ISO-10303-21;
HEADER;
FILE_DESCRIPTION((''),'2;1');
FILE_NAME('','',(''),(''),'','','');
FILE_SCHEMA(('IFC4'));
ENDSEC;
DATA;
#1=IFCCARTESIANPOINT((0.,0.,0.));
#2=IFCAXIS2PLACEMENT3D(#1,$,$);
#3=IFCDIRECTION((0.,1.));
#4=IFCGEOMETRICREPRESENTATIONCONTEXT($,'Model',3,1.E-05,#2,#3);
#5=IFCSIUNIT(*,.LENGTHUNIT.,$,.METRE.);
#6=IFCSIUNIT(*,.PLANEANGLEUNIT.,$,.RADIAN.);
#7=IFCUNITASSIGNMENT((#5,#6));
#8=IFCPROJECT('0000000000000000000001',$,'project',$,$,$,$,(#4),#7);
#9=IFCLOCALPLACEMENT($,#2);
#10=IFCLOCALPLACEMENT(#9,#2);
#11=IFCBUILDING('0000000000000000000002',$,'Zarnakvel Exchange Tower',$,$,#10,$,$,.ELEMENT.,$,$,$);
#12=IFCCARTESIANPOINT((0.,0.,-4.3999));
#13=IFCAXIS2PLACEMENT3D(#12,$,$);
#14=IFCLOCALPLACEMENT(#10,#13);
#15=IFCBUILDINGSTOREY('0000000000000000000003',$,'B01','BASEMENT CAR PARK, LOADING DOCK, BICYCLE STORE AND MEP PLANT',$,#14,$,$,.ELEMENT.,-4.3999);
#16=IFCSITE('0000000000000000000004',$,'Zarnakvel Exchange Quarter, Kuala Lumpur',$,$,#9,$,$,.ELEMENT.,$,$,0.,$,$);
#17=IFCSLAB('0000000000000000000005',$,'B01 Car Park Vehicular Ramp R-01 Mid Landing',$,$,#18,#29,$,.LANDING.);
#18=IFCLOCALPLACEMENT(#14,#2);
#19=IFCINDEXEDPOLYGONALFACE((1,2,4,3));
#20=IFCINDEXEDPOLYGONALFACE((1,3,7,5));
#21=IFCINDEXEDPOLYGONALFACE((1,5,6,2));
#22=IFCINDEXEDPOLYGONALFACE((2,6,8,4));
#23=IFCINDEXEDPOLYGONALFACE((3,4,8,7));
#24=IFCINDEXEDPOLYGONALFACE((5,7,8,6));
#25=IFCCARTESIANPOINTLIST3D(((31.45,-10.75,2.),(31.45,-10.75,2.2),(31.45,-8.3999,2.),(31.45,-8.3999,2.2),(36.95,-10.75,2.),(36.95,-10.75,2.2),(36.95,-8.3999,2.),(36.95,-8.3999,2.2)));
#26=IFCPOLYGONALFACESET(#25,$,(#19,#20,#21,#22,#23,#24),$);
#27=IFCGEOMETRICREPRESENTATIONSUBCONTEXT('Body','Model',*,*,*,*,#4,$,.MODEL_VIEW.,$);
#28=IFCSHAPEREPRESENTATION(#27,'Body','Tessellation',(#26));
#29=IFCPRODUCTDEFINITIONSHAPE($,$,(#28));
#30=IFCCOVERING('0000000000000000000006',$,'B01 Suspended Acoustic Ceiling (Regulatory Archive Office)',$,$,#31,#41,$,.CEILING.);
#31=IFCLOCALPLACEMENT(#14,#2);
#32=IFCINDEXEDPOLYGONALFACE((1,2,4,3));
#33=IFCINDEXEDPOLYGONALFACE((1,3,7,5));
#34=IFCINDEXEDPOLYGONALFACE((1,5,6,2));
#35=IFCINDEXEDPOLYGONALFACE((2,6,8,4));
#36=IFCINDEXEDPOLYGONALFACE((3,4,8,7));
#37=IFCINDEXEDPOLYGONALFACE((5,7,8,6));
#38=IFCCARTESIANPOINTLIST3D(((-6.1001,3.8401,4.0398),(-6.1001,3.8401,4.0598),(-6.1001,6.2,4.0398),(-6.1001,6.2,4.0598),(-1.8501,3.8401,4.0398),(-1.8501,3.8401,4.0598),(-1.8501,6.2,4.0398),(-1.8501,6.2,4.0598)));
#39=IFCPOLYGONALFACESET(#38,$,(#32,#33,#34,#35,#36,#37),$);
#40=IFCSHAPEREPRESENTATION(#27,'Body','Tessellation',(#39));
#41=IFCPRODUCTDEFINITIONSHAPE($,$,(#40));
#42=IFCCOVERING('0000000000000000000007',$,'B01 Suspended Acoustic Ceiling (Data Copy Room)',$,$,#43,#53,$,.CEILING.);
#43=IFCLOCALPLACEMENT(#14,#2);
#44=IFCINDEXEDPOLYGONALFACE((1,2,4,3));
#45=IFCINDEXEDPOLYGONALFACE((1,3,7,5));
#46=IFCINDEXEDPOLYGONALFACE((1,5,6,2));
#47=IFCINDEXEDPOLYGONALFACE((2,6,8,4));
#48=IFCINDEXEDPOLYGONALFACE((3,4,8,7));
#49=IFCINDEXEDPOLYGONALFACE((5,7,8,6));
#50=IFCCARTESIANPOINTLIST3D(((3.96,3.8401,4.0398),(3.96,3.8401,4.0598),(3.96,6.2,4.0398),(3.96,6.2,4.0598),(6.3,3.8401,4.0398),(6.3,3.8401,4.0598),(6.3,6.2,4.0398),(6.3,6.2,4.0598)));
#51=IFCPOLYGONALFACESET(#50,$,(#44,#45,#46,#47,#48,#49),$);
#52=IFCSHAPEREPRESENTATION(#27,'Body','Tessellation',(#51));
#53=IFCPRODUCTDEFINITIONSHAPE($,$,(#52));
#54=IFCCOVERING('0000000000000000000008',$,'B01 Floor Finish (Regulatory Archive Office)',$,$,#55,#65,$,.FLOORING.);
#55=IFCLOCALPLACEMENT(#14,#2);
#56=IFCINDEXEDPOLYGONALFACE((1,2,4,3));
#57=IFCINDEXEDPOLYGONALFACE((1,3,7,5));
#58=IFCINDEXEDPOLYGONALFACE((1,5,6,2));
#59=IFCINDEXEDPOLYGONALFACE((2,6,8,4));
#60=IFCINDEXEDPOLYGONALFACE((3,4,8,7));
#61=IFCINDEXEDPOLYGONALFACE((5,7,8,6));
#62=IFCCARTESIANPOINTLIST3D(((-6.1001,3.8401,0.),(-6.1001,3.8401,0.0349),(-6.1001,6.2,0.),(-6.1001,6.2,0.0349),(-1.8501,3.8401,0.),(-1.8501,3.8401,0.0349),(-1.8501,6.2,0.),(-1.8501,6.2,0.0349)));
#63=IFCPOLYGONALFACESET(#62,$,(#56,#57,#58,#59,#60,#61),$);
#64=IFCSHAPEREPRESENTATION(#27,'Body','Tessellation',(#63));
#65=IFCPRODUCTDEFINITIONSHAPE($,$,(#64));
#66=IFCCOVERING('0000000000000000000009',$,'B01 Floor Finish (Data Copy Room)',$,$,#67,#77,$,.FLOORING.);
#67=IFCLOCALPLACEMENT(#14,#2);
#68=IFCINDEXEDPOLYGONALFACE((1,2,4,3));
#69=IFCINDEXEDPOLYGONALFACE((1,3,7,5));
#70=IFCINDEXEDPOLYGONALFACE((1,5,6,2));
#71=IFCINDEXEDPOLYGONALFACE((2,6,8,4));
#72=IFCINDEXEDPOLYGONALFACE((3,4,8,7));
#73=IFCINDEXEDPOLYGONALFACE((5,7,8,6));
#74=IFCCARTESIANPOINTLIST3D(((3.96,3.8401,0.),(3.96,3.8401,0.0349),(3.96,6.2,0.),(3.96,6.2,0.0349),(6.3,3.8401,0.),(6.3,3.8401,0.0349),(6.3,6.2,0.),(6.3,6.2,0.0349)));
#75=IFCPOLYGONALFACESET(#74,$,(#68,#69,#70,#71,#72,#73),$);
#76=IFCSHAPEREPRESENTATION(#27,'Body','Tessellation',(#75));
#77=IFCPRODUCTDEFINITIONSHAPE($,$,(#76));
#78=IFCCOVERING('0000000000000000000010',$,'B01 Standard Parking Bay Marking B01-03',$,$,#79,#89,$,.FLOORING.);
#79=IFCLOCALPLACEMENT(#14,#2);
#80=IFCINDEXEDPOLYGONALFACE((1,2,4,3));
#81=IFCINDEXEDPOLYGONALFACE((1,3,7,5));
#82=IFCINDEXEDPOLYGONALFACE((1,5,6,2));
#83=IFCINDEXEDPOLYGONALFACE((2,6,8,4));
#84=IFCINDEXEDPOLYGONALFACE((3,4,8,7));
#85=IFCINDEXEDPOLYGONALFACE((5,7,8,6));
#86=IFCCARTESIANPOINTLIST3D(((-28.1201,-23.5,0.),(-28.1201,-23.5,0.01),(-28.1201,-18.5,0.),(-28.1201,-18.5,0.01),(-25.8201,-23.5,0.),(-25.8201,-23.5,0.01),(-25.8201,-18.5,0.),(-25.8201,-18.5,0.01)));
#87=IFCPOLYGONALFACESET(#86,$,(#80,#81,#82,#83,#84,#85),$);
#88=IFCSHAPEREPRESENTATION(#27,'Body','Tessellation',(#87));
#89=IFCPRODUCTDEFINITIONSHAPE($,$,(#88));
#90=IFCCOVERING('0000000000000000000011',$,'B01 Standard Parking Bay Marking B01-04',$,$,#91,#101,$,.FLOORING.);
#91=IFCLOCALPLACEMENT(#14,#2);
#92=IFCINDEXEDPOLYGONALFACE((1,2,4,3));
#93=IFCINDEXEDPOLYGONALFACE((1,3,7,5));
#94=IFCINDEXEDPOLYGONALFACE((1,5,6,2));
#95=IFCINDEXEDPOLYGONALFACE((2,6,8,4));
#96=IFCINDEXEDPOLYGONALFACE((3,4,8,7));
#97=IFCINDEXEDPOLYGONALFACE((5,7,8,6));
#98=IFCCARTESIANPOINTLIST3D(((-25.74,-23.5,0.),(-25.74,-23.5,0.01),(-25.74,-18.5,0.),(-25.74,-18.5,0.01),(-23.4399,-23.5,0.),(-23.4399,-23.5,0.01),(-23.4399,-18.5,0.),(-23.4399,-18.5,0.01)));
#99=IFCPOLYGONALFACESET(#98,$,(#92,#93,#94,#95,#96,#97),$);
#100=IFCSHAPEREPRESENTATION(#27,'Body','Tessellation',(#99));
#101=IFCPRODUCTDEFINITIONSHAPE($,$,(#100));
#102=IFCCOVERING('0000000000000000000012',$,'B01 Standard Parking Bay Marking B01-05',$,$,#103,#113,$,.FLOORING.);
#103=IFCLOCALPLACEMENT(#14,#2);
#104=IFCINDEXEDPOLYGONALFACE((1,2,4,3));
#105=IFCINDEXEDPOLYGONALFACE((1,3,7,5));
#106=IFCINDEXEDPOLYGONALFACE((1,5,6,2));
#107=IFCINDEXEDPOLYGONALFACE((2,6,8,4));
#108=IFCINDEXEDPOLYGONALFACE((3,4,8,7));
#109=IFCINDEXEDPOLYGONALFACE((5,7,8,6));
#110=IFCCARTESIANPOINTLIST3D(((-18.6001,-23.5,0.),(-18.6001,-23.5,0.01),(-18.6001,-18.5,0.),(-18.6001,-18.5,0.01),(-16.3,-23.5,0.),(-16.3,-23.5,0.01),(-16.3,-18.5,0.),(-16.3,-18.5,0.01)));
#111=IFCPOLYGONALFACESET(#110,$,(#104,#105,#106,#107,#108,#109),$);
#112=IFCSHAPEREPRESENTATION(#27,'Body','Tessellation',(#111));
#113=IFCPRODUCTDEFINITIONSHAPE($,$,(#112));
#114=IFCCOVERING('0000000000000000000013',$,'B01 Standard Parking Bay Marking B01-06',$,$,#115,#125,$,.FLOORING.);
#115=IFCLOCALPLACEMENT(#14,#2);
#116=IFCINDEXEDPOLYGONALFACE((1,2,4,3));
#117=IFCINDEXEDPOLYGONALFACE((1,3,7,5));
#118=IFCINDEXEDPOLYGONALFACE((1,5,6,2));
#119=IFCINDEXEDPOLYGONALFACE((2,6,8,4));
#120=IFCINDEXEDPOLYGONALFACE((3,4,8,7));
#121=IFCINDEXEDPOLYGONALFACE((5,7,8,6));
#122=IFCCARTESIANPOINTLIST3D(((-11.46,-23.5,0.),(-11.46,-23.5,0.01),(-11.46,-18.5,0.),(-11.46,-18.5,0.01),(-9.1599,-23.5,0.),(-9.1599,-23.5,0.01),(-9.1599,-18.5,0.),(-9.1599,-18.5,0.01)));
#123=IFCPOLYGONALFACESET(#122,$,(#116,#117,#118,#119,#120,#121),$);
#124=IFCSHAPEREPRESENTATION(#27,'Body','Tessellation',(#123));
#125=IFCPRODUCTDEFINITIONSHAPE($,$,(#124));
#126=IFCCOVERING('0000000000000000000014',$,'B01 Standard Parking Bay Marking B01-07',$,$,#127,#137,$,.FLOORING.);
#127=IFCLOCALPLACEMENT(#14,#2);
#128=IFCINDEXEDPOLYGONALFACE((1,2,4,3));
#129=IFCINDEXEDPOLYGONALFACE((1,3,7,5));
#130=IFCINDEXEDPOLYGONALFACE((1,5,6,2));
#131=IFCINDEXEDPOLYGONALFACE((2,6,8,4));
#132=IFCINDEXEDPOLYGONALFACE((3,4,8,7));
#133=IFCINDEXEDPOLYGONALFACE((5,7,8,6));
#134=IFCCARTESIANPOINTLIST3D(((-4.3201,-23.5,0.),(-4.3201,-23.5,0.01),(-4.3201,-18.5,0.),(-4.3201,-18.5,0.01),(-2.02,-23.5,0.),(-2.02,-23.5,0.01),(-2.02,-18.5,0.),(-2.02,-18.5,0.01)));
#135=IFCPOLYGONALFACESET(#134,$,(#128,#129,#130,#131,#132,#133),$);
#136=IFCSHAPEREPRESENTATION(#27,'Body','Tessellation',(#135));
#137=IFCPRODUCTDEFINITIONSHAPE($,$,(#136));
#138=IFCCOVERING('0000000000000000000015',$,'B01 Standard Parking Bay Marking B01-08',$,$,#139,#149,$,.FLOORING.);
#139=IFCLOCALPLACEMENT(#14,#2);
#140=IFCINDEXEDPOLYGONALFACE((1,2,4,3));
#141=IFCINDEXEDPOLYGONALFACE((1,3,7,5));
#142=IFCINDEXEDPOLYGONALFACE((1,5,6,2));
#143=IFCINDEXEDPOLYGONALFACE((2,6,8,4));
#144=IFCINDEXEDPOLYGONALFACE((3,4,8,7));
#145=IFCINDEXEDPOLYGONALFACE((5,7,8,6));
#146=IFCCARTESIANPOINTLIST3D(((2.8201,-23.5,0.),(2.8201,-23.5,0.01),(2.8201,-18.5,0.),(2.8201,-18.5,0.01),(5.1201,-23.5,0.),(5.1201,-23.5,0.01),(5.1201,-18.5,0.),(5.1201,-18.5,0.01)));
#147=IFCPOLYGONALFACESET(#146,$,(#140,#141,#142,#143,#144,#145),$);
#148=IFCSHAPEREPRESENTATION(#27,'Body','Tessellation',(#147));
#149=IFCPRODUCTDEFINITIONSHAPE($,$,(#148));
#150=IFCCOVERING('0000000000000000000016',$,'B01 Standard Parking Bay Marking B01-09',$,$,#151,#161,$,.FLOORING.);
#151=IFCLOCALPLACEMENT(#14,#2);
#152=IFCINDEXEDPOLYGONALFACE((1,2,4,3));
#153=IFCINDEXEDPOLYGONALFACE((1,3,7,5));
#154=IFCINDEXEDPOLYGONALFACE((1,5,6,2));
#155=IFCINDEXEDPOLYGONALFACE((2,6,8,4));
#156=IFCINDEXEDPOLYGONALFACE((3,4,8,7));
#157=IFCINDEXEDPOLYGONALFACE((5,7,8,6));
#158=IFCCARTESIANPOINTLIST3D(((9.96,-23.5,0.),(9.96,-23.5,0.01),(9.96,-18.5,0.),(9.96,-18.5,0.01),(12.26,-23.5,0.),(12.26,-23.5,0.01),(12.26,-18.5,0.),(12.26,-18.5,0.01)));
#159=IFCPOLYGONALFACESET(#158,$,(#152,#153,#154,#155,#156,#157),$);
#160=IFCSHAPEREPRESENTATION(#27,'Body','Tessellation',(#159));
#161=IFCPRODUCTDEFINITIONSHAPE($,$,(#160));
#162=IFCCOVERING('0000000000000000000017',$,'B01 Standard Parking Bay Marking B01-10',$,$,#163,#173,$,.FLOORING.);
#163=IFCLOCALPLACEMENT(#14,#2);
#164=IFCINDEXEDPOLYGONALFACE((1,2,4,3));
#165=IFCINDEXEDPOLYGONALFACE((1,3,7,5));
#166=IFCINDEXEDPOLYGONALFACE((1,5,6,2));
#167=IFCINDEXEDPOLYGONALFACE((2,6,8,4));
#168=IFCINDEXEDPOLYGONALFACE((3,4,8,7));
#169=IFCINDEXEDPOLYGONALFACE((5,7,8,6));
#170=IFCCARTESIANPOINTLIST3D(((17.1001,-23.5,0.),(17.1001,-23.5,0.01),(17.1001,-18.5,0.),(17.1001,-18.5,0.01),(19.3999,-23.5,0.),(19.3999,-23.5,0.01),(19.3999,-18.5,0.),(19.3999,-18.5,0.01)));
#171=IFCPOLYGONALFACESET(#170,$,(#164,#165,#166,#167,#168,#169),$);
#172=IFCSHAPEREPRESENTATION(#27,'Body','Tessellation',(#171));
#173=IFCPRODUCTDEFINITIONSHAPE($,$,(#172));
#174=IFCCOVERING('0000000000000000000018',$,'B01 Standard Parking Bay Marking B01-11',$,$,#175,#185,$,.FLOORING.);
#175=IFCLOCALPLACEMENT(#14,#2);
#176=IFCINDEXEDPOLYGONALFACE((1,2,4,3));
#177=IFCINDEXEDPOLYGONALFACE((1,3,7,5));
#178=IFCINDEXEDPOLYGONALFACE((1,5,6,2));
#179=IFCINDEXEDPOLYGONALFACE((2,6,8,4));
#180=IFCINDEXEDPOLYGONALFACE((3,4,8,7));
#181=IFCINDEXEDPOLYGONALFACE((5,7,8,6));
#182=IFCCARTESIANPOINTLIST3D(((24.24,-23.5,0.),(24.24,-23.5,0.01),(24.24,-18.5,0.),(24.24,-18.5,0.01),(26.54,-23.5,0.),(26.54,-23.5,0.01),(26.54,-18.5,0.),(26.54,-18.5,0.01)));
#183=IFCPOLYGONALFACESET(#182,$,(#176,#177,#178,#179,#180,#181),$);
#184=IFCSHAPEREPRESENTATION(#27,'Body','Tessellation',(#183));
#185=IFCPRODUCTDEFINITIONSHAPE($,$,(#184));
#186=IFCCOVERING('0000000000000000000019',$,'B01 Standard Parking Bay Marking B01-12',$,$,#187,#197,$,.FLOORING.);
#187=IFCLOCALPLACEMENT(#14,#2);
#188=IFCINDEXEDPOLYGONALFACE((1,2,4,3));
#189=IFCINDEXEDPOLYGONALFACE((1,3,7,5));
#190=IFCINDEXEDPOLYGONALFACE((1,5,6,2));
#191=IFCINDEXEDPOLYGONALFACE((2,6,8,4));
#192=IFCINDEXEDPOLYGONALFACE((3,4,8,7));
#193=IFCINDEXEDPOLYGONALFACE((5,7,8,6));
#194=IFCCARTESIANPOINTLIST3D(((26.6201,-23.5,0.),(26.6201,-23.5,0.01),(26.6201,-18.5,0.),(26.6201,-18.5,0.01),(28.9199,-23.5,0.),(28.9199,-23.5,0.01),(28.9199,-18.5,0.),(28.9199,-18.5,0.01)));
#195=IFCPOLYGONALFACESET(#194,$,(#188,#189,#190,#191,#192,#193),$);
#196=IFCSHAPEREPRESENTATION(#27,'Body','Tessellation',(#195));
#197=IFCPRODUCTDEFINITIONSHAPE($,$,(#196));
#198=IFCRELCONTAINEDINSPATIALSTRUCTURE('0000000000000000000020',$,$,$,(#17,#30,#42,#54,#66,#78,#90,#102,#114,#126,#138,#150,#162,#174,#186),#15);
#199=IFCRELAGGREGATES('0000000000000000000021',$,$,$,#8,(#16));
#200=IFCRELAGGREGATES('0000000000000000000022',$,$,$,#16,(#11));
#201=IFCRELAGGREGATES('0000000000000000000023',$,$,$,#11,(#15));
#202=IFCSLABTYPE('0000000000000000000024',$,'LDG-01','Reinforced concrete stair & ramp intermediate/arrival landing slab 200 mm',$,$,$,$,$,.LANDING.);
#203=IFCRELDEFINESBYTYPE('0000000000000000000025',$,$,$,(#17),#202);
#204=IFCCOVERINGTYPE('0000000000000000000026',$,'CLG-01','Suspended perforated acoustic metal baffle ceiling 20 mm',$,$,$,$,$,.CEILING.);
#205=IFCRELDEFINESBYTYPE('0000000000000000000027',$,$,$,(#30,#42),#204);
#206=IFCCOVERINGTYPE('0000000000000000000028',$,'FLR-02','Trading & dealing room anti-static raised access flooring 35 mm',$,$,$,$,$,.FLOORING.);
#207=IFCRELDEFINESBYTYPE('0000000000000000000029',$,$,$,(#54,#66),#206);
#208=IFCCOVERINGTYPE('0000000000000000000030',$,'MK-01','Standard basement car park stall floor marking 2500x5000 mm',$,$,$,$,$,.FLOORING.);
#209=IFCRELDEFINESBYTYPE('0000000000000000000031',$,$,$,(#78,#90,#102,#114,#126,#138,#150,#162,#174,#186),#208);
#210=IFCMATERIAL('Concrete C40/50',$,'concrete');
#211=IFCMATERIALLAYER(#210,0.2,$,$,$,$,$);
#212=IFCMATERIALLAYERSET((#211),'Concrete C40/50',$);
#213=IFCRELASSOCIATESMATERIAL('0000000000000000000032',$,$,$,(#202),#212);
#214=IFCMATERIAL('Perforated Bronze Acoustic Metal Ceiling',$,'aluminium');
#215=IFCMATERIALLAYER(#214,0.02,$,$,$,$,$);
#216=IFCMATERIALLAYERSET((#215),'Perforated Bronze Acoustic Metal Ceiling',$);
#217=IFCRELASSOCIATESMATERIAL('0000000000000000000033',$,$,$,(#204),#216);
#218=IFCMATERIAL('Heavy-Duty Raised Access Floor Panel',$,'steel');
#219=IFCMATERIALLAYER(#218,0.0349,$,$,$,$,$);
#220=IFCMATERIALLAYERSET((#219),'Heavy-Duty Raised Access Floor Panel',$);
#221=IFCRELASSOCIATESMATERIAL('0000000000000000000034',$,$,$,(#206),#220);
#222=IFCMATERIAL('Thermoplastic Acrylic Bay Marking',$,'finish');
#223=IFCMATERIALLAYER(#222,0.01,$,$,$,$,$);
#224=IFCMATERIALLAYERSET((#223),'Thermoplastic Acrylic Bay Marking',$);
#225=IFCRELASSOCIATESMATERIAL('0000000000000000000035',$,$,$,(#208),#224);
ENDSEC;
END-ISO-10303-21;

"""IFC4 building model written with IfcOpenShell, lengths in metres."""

from ifc_helpers import new_model, si_unit, direction, frame, origin, place, context, subcontext, project, spatial, polyline, outline, extrude, material, layer, layer_set, type_object, element, save


model = new_model("IFC4")

# Units and contexts
model_context = context("Model", 3, precision=1e-05, world=origin(), true_north=direction((0.0, 1.0)))
body_context = subcontext(model_context, "Body", "Model", "MODEL_VIEW")
ifc_project = project(units=[si_unit("LENGTHUNIT", "METRE"), si_unit("PLANEANGLEUNIT", "RADIAN")], contexts=[model_context])

# Site, building, storey
site_placement = place(None, origin())
site = spatial("IfcSite", under=ifc_project, at=site_placement, Name="Zarnakvel Exchange Quarter, Kuala Lumpur", CompositionType="ELEMENT", RefElevation=0.0)
building_placement = place(site_placement, origin())
building = spatial("IfcBuilding", under=site, at=building_placement, Name="Zarnakvel Exchange Tower", CompositionType="ELEMENT")
storey_placement = place(building_placement, frame((0.0, 0.0, -4.3999)))
storey = spatial("IfcBuildingStorey", under=building, at=storey_placement, Name="B01", Description="BASEMENT CAR PARK, LOADING DOCK, BICYCLE STORE AND MEP PLANT", CompositionType="ELEMENT", Elevation=-4.3999)

# Slab
ifc_material_1 = material(Name="Concrete C40/50", Category="concrete")
ifc_layer_1 = layer(ifc_material_1, 0.2)
ifc_layer_set_1 = layer_set([ifc_layer_1], Name="Concrete C40/50")
slab_type = type_object("IfcSlabType", Name="LDG-01", Description="Reinforced concrete stair & ramp intermediate/arrival landing slab 200 mm", PredefinedType="LANDING", material=ifc_layer_set_1)
slab_placement = place(storey_placement, frame((0.0, 0.0, 2.0)))
element("IfcSlab", 1, at=slab_placement, inside=storey, type_object=slab_type, Name="B01 Car Park Vehicular Ramp R-01 Mid Landing", PredefinedType="LANDING", context=body_context, shape_type="SweptSolid", body=[
    extrude(outline(polyline([(31.45, -10.75), (36.95, -10.75), (36.95, -8.3999), (31.45, -8.3999), (31.45, -10.75)])), origin(), (0.0, 0.0, 1.0), 0.2),
])

# Coverings
ifc_material_2 = material(Name="Perforated Bronze Acoustic Metal Ceiling", Category="aluminium")
ifc_layer_2 = layer(ifc_material_2, 0.02)
ifc_layer_set_2 = layer_set([ifc_layer_2], Name="Perforated Bronze Acoustic Metal Ceiling")
covering_type_1 = type_object("IfcCoveringType", Name="CLG-01", Description="Suspended perforated acoustic metal baffle ceiling 20 mm", PredefinedType="CEILING", material=ifc_layer_set_2)
covering_1_placement = place(storey_placement, frame((0.0, 0.0, 4.0398)))
element("IfcCovering", 2, at=covering_1_placement, inside=storey, type_object=covering_type_1, Name="B01 Suspended Acoustic Ceiling (Regulatory Archive Office)", PredefinedType="CEILING", context=body_context, shape_type="SweptSolid", body=[
    extrude(outline(polyline([(-6.1001, 6.2), (-1.8501, 6.2), (-1.8501, 3.8401), (-6.1001, 3.8401), (-6.1001, 6.2)])), origin(), (0.0, 0.0, 1.0), 0.02),
])
covering_2_placement = place(storey_placement, frame((0.0, 0.0, 4.0398)))
element("IfcCovering", 3, at=covering_2_placement, inside=storey, type_object=covering_type_1, Name="B01 Suspended Acoustic Ceiling (Data Copy Room)", PredefinedType="CEILING", context=body_context, shape_type="SweptSolid", body=[
    extrude(outline(polyline([(3.96, 6.2), (6.3, 6.2), (6.3, 3.8401), (3.96, 3.8401), (3.96, 6.2)])), origin(), (0.0, 0.0, 1.0), 0.02),
])
ifc_material_3 = material(Name="Heavy-Duty Raised Access Floor Panel", Category="steel")
ifc_layer_3 = layer(ifc_material_3, 0.0349)
ifc_layer_set_3 = layer_set([ifc_layer_3], Name="Heavy-Duty Raised Access Floor Panel")
covering_type_2 = type_object("IfcCoveringType", Name="FLR-02", Description="Trading & dealing room anti-static raised access flooring 35 mm", PredefinedType="FLOORING", material=ifc_layer_set_3)
covering_3_placement = place(storey_placement, origin())
element("IfcCovering", 4, at=covering_3_placement, inside=storey, type_object=covering_type_2, Name="B01 Floor Finish (Regulatory Archive Office)", PredefinedType="FLOORING", context=body_context, shape_type="SweptSolid", body=[
    extrude(outline(polyline([(-6.1001, 6.2), (-1.8501, 6.2), (-1.8501, 3.8401), (-6.1001, 3.8401), (-6.1001, 6.2)])), origin(), (0.0, 0.0, 1.0), 0.0349),
])
covering_4_placement = place(storey_placement, origin())
element("IfcCovering", 5, at=covering_4_placement, inside=storey, type_object=covering_type_2, Name="B01 Floor Finish (Data Copy Room)", PredefinedType="FLOORING", context=body_context, shape_type="SweptSolid", body=[
    extrude(outline(polyline([(3.96, 6.2), (6.3, 6.2), (6.3, 3.8401), (3.96, 3.8401), (3.96, 6.2)])), origin(), (0.0, 0.0, 1.0), 0.0349),
])
ifc_material_4 = material(Name="Thermoplastic Acrylic Bay Marking", Category="finish")
ifc_layer_4 = layer(ifc_material_4, 0.01)
ifc_layer_set_4 = layer_set([ifc_layer_4], Name="Thermoplastic Acrylic Bay Marking")
covering_type_3 = type_object("IfcCoveringType", Name="MK-01", Description="Standard basement car park stall floor marking 2500x5000 mm", PredefinedType="FLOORING", material=ifc_layer_set_4)
covering_5_placement = place(storey_placement, origin())
element("IfcCovering", 6, at=covering_5_placement, inside=storey, type_object=covering_type_3, Name="B01 Standard Parking Bay Marking B01-03", PredefinedType="FLOORING", context=body_context, shape_type="SweptSolid", body=[
    extrude(outline(polyline([(-28.1201, -23.5), (-25.8201, -23.5), (-25.8201, -18.5), (-28.1201, -18.5), (-28.1201, -23.5)])), origin(), (0.0, 0.0, 1.0), 0.01),
])
covering_6_placement = place(storey_placement, origin())
element("IfcCovering", 7, at=covering_6_placement, inside=storey, type_object=covering_type_3, Name="B01 Standard Parking Bay Marking B01-04", PredefinedType="FLOORING", context=body_context, shape_type="SweptSolid", body=[
    extrude(outline(polyline([(-25.74, -23.5), (-23.4399, -23.5), (-23.4399, -18.5), (-25.74, -18.5), (-25.74, -23.5)])), origin(), (0.0, 0.0, 1.0), 0.01),
])
covering_7_placement = place(storey_placement, origin())
element("IfcCovering", 8, at=covering_7_placement, inside=storey, type_object=covering_type_3, Name="B01 Standard Parking Bay Marking B01-05", PredefinedType="FLOORING", context=body_context, shape_type="SweptSolid", body=[
    extrude(outline(polyline([(-18.6001, -23.5), (-16.3, -23.5), (-16.3, -18.5), (-18.6001, -18.5), (-18.6001, -23.5)])), origin(), (0.0, 0.0, 1.0), 0.01),
])
covering_8_placement = place(storey_placement, origin())
element("IfcCovering", 9, at=covering_8_placement, inside=storey, type_object=covering_type_3, Name="B01 Standard Parking Bay Marking B01-06", PredefinedType="FLOORING", context=body_context, shape_type="SweptSolid", body=[
    extrude(outline(polyline([(-11.46, -23.5), (-9.1599, -23.5), (-9.1599, -18.5), (-11.46, -18.5), (-11.46, -23.5)])), origin(), (0.0, 0.0, 1.0), 0.01),
])
covering_9_placement = place(storey_placement, origin())
element("IfcCovering", 10, at=covering_9_placement, inside=storey, type_object=covering_type_3, Name="B01 Standard Parking Bay Marking B01-07", PredefinedType="FLOORING", context=body_context, shape_type="SweptSolid", body=[
    extrude(outline(polyline([(-4.3201, -23.5), (-2.02, -23.5), (-2.02, -18.5), (-4.3201, -18.5), (-4.3201, -23.5)])), origin(), (0.0, 0.0, 1.0), 0.01),
])
covering_10_placement = place(storey_placement, origin())
element("IfcCovering", 11, at=covering_10_placement, inside=storey, type_object=covering_type_3, Name="B01 Standard Parking Bay Marking B01-08", PredefinedType="FLOORING", context=body_context, shape_type="SweptSolid", body=[
    extrude(outline(polyline([(2.8201, -23.5), (5.1201, -23.5), (5.1201, -18.5), (2.8201, -18.5), (2.8201, -23.5)])), origin(), (0.0, 0.0, 1.0), 0.01),
])
covering_11_placement = place(storey_placement, origin())
element("IfcCovering", 12, at=covering_11_placement, inside=storey, type_object=covering_type_3, Name="B01 Standard Parking Bay Marking B01-09", PredefinedType="FLOORING", context=body_context, shape_type="SweptSolid", body=[
    extrude(outline(polyline([(9.96, -23.5), (12.26, -23.5), (12.26, -18.5), (9.96, -18.5), (9.96, -23.5)])), origin(), (0.0, 0.0, 1.0), 0.01),
])
covering_12_placement = place(storey_placement, origin())
element("IfcCovering", 13, at=covering_12_placement, inside=storey, type_object=covering_type_3, Name="B01 Standard Parking Bay Marking B01-10", PredefinedType="FLOORING", context=body_context, shape_type="SweptSolid", body=[
    extrude(outline(polyline([(17.1001, -23.5), (19.3999, -23.5), (19.3999, -18.5), (17.1001, -18.5), (17.1001, -23.5)])), origin(), (0.0, 0.0, 1.0), 0.01),
])
covering_13_placement = place(storey_placement, origin())
element("IfcCovering", 14, at=covering_13_placement, inside=storey, type_object=covering_type_3, Name="B01 Standard Parking Bay Marking B01-11", PredefinedType="FLOORING", context=body_context, shape_type="SweptSolid", body=[
    extrude(outline(polyline([(24.24, -23.5), (26.54, -23.5), (26.54, -18.5), (24.24, -18.5), (24.24, -23.5)])), origin(), (0.0, 0.0, 1.0), 0.01),
])
covering_14_placement = place(storey_placement, origin())
element("IfcCovering", 15, at=covering_14_placement, inside=storey, type_object=covering_type_3, Name="B01 Standard Parking Bay Marking B01-12", PredefinedType="FLOORING", context=body_context, shape_type="SweptSolid", body=[
    extrude(outline(polyline([(26.6201, -23.5), (28.9199, -23.5), (28.9199, -18.5), (26.6201, -18.5), (26.6201, -23.5)])), origin(), (0.0, 0.0, 1.0), 0.01),
])

save(model, "model.ifc")
